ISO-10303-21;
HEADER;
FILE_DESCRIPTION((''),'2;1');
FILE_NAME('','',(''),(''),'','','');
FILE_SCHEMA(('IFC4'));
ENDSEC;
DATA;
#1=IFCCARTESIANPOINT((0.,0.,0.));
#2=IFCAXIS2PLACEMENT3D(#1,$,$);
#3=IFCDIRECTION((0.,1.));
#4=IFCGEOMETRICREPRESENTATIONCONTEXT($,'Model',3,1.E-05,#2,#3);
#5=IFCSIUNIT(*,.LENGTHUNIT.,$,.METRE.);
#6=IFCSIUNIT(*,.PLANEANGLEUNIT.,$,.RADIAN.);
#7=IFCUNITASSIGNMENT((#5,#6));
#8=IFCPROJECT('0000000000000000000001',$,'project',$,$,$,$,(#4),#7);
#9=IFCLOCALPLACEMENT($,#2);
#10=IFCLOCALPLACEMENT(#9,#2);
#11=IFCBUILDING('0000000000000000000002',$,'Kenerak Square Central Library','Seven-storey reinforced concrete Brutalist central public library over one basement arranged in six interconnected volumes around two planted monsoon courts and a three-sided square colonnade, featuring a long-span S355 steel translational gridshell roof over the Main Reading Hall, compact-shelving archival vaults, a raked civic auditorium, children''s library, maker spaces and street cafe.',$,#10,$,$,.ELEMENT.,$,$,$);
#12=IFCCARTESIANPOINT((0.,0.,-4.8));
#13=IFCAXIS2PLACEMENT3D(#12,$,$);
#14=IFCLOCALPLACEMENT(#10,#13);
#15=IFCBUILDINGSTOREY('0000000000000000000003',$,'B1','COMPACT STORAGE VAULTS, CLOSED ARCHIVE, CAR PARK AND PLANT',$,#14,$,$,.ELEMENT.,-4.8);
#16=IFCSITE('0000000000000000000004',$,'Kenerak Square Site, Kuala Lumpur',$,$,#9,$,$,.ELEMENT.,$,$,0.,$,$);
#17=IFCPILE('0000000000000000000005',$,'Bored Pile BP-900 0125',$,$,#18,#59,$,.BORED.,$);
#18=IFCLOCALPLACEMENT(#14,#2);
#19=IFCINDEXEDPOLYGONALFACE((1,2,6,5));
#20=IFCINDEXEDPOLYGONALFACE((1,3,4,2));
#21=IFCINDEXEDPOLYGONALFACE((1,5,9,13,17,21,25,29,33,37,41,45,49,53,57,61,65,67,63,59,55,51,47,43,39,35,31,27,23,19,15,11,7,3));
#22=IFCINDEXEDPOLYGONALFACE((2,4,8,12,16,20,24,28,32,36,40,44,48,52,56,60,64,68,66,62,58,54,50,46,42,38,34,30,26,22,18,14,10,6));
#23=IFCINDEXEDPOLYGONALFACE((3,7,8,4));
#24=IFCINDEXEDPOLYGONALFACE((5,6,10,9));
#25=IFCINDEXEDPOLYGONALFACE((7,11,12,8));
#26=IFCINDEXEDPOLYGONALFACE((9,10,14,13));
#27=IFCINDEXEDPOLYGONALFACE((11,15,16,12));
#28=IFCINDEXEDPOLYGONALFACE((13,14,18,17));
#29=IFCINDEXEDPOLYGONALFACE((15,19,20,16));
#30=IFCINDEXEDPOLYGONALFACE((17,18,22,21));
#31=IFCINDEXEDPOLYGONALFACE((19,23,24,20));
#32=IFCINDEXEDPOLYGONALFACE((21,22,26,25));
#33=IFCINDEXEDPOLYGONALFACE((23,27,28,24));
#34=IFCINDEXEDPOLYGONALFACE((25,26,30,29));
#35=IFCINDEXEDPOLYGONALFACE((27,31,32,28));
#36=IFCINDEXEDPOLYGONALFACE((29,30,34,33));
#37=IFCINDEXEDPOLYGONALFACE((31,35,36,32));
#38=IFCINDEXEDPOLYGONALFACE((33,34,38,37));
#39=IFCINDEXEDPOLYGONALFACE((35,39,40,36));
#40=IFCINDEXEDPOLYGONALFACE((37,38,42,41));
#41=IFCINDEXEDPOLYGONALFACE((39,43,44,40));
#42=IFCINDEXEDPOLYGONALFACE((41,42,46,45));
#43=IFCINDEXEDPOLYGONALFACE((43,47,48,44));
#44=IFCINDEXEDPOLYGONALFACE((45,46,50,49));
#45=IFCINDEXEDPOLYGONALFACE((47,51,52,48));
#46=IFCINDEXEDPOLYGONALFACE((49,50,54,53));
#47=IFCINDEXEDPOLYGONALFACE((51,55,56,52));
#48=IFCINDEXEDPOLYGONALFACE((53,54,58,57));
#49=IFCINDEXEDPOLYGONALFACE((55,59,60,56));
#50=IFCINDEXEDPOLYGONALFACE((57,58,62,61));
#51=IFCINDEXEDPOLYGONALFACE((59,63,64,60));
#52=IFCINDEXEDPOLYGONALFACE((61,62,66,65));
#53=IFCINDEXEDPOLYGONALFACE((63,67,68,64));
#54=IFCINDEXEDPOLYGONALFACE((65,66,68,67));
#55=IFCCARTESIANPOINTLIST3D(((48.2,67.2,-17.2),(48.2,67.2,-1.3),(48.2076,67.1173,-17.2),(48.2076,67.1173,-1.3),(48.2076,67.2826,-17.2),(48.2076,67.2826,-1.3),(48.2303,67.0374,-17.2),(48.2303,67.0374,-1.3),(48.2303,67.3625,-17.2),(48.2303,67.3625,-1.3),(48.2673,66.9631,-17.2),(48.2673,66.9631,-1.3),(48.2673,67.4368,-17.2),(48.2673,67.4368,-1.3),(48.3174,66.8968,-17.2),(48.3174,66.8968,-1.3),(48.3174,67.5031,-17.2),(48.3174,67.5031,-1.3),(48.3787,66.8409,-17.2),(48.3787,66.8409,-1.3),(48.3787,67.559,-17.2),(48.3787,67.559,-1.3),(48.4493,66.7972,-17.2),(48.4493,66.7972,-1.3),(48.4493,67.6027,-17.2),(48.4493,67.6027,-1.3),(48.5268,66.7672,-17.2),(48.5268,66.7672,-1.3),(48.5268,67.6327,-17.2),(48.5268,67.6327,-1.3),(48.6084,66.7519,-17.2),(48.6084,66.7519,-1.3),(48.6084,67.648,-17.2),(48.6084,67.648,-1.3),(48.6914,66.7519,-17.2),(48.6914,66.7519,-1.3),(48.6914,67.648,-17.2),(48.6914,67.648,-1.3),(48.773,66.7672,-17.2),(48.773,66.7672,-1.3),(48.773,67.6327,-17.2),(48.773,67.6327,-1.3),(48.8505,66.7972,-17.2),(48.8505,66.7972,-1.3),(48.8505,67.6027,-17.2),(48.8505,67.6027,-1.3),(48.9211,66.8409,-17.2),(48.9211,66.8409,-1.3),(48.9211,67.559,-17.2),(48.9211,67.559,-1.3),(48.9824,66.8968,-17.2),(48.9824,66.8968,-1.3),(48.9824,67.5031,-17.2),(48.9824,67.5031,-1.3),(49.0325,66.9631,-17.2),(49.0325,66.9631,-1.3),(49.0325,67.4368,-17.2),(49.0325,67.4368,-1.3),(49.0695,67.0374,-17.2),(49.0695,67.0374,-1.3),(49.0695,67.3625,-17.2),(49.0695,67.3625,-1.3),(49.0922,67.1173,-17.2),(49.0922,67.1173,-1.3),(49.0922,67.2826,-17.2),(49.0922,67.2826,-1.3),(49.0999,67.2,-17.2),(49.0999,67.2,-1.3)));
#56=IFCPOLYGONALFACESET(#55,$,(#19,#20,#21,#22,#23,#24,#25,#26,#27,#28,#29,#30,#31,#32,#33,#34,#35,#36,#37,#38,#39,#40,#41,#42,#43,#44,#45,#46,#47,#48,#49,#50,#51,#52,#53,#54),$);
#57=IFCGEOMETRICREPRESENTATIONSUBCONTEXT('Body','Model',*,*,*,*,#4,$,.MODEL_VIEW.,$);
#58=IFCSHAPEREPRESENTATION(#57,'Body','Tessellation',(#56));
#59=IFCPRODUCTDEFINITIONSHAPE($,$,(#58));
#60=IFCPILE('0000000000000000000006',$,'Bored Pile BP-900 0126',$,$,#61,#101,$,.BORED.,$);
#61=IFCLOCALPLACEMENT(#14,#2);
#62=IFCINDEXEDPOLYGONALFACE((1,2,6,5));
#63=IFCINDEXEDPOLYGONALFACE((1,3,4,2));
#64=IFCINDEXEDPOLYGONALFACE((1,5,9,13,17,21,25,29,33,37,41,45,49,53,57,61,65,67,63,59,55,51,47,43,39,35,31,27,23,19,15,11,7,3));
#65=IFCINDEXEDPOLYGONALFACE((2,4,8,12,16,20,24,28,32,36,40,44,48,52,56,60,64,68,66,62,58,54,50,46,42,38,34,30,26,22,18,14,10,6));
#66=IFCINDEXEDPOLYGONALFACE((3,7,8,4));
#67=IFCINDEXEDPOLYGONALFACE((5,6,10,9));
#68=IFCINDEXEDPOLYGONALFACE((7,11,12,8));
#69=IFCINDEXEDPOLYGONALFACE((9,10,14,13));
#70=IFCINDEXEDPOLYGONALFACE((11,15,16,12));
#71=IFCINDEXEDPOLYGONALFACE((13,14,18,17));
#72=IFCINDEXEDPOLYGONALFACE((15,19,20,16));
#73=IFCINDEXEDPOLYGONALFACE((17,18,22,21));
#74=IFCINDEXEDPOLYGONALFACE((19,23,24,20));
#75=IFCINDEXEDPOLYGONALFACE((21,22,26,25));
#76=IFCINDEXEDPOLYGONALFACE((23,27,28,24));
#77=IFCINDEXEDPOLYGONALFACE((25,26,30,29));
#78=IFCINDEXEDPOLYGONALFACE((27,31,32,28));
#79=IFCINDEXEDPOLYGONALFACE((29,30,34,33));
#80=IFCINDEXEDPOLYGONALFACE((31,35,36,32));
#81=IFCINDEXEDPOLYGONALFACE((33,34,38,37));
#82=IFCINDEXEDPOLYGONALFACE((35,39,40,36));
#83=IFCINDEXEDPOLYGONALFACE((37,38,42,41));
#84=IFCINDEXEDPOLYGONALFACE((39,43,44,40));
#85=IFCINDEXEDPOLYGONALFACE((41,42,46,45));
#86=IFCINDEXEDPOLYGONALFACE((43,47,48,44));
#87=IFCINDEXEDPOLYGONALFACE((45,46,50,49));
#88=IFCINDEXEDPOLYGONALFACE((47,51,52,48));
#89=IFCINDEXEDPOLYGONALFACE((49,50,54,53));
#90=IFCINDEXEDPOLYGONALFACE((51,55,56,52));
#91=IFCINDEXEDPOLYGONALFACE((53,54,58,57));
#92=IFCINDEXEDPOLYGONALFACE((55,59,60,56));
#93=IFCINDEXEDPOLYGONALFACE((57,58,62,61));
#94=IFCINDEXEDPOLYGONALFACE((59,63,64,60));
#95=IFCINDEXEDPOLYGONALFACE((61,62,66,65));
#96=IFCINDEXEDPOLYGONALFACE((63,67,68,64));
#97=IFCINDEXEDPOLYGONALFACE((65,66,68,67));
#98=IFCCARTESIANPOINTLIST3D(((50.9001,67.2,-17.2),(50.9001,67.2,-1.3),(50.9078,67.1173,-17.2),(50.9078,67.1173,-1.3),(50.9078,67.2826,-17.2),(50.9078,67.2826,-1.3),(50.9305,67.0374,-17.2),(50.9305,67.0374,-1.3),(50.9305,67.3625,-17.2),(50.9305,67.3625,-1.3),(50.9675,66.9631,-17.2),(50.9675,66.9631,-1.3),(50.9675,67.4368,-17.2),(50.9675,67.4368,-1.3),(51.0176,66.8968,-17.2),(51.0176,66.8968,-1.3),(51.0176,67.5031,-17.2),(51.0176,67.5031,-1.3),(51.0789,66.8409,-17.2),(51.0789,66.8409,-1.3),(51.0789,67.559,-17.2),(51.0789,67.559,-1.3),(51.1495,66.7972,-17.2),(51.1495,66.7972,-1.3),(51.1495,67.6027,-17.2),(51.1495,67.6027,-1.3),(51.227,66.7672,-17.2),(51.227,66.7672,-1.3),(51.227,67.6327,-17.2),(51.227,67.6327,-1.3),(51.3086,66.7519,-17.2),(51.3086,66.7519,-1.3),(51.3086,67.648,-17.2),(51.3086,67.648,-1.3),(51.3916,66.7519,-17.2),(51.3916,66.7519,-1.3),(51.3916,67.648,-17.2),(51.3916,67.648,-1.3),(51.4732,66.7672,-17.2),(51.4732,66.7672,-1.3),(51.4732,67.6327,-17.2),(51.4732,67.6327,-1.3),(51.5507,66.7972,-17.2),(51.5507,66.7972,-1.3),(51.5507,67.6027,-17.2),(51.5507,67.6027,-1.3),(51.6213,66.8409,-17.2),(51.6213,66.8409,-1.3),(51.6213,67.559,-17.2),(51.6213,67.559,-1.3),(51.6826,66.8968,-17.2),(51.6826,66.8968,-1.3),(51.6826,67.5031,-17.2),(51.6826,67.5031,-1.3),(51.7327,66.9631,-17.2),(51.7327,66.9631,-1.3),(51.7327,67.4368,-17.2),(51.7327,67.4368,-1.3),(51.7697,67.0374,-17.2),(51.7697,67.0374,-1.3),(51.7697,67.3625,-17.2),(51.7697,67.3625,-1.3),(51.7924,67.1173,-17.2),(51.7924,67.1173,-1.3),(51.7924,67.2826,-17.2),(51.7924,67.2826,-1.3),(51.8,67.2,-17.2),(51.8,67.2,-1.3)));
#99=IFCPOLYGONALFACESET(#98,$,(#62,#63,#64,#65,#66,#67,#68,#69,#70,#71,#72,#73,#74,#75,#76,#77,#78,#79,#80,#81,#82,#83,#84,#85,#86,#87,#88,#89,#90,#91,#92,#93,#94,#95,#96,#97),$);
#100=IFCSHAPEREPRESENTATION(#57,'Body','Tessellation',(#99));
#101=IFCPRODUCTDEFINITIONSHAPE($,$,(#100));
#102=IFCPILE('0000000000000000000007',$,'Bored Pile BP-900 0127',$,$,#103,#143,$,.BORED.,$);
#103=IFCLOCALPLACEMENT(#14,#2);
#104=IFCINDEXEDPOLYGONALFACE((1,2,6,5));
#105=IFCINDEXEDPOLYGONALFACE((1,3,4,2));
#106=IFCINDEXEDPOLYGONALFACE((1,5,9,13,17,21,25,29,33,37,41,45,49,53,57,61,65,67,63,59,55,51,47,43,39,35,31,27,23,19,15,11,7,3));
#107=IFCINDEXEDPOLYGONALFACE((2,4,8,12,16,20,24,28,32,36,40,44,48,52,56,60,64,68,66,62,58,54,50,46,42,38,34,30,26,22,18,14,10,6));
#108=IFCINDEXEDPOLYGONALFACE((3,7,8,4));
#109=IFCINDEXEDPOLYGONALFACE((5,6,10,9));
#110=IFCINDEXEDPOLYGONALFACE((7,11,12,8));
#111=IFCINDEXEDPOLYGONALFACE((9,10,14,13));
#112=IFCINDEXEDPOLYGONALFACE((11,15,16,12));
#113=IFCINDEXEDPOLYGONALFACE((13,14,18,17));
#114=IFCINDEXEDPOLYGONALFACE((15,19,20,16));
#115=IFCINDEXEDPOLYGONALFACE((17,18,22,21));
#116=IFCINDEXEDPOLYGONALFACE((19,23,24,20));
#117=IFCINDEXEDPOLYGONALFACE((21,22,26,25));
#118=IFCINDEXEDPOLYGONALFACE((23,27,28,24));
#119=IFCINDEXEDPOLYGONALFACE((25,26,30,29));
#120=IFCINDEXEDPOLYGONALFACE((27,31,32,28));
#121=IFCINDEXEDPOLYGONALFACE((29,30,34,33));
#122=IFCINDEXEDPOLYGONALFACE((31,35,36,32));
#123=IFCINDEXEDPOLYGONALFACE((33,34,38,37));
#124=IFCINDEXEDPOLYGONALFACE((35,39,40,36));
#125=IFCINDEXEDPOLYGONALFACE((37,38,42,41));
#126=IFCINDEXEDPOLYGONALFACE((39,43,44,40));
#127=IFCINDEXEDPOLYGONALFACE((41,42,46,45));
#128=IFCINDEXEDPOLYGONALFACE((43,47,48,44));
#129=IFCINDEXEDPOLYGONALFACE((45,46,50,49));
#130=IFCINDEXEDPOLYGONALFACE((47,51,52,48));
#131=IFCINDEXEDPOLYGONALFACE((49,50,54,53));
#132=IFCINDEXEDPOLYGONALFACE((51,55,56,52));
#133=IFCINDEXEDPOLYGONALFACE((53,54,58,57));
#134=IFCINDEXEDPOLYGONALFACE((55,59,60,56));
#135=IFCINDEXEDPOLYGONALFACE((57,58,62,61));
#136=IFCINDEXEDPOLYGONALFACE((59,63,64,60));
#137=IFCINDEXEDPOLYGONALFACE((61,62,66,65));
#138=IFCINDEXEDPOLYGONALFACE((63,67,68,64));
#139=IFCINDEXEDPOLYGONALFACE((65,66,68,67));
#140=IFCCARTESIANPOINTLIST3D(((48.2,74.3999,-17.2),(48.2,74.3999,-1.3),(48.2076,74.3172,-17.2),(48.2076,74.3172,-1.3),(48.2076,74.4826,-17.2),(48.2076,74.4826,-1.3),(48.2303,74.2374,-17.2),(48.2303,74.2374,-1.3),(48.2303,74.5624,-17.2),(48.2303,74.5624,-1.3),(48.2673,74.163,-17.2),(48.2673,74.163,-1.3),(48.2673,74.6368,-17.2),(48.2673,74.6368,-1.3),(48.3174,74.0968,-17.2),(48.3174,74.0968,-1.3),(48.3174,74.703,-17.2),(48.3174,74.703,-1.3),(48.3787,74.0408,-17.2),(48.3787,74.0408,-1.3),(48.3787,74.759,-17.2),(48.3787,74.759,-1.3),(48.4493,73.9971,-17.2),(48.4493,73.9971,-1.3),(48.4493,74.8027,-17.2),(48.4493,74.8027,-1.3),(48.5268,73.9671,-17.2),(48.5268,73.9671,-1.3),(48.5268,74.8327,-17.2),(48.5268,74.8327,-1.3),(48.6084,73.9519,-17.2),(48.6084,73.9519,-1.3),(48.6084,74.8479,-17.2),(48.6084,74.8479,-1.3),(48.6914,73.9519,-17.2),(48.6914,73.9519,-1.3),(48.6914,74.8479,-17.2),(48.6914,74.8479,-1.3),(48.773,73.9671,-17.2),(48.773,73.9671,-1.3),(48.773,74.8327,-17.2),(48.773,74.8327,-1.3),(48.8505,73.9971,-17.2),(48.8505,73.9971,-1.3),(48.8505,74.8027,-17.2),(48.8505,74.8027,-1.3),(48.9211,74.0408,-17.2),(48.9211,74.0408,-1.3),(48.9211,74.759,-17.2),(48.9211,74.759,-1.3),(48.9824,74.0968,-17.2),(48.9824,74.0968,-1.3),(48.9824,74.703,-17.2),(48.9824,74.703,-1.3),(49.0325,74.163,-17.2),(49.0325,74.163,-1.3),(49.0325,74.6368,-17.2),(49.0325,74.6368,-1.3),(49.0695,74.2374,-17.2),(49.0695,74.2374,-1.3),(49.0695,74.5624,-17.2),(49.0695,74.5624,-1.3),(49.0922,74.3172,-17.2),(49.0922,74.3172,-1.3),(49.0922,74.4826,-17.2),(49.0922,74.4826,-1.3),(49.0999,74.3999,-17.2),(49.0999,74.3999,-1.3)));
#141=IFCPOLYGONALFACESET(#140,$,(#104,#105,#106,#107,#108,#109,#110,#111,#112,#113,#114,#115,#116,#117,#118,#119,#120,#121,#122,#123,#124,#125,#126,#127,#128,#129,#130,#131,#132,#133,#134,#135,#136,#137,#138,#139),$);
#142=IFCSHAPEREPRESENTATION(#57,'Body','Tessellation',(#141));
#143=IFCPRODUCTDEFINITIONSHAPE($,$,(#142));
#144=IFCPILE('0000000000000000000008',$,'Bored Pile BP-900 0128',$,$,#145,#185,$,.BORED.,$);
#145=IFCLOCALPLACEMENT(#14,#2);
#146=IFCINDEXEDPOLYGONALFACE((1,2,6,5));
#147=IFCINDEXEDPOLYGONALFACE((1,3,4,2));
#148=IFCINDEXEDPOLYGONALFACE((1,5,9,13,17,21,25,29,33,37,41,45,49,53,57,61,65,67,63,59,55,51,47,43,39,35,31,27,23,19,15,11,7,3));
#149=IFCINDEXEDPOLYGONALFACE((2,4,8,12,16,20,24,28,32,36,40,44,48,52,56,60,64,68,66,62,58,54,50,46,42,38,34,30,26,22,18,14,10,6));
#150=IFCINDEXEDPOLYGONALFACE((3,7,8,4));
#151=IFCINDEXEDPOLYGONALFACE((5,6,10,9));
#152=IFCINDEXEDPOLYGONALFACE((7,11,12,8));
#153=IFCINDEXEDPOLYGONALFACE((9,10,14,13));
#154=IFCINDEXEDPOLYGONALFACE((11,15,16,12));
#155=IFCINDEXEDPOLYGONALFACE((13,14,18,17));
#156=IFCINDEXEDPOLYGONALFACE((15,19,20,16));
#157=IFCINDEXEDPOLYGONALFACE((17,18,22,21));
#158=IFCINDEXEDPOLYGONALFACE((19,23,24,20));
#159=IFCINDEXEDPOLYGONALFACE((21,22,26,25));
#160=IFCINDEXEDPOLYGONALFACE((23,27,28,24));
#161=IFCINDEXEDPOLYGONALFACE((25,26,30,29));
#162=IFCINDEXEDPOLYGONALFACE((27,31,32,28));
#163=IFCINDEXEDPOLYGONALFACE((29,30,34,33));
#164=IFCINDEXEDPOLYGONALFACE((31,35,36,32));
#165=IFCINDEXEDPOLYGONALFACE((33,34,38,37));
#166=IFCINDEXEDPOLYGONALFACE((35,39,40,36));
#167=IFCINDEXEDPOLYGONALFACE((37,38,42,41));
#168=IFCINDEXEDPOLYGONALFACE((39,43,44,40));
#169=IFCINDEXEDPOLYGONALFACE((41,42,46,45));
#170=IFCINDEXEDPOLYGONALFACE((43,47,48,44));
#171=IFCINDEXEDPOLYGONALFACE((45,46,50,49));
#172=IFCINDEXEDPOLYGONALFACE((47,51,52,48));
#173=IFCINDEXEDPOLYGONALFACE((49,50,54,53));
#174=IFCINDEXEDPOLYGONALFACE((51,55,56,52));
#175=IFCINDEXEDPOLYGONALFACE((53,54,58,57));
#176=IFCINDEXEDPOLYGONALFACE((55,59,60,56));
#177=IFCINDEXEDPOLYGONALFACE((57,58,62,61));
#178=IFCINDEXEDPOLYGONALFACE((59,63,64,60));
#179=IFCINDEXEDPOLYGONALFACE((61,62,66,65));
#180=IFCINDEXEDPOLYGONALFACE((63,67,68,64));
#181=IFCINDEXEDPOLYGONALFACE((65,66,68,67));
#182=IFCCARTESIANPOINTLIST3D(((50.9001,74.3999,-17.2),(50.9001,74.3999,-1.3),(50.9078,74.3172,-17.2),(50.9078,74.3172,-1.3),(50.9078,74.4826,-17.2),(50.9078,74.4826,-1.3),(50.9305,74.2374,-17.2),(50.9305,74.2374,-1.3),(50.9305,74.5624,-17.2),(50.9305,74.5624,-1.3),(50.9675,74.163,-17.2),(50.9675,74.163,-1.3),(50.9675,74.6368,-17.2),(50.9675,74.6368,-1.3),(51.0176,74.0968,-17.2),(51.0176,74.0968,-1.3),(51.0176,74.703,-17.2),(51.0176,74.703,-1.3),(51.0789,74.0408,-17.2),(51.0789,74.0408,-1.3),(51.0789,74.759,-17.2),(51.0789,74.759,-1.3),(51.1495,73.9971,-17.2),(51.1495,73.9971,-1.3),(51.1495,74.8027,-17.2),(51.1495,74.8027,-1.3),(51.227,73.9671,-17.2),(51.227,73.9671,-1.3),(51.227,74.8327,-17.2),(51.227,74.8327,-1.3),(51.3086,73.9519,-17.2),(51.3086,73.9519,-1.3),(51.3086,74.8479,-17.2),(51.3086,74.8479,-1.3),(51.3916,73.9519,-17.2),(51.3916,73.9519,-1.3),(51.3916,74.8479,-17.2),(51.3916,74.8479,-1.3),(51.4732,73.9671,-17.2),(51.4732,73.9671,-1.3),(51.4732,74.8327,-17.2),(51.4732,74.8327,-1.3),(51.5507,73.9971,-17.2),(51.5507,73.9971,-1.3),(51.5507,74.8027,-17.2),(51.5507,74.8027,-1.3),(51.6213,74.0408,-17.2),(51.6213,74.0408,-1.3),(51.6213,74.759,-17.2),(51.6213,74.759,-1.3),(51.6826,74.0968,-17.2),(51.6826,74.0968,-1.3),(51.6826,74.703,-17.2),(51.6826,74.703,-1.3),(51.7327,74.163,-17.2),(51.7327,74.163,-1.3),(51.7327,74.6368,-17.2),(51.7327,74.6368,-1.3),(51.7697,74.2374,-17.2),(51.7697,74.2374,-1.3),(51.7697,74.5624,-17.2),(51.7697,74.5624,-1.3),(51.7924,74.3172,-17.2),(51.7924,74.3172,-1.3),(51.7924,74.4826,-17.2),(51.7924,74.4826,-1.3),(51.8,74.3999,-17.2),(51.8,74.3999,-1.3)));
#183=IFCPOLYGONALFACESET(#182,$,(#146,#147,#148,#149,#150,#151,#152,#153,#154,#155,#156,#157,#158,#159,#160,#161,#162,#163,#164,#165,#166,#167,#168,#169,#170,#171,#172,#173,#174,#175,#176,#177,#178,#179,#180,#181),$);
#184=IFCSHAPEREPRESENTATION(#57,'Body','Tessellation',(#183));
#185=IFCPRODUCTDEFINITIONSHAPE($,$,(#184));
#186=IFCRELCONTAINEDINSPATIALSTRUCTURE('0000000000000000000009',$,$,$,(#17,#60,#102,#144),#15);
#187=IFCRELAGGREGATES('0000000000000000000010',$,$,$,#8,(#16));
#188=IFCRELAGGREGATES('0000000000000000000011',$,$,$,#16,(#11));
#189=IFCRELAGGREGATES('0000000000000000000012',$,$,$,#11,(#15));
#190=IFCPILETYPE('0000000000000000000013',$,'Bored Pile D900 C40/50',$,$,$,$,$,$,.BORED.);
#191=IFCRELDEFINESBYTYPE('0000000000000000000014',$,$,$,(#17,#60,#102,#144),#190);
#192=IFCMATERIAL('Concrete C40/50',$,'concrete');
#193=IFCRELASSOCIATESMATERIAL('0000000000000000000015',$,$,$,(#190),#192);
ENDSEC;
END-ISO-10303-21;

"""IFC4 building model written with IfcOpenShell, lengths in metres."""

from ifc_helpers import new_model, si_unit, direction, frame, origin, origin_2d, place, context, subcontext, project, spatial, circle, extrude, material, material_profile, profile_set, type_object, element, save


model = new_model("IFC4")

# Units and contexts
model_context = context("Model", 3, precision=1e-05, world=origin(), true_north=direction((0.0, 1.0)))
body_context = subcontext(model_context, "Body", "Model", "MODEL_VIEW")
ifc_project = project(units=[si_unit("LENGTHUNIT", "METRE"), si_unit("PLANEANGLEUNIT", "RADIAN")], contexts=[model_context])

# Site, building, storey
site_placement = place(None, origin())
site = spatial("IfcSite", under=ifc_project, at=site_placement, Name="Kenerak Square Site, Kuala Lumpur", CompositionType="ELEMENT", RefElevation=0.0)
building_placement = place(site_placement, origin())
building = spatial("IfcBuilding", under=site, at=building_placement, Name="Kenerak Square Central Library", Description="Seven-storey reinforced concrete Brutalist central public library over one basement arranged in six interconnected volumes around two planted monsoon courts and a three-sided square colonnade, featuring a long-span S355 steel translational gridshell roof over the Main Reading Hall, compact-shelving archival vaults, a raked civic auditorium, children's library, maker spaces and street cafe.", CompositionType="ELEMENT")
storey_placement = place(building_placement, frame((0.0, 0.0, -4.8)))
storey = spatial("IfcBuildingStorey", under=building, at=storey_placement, Name="B1", Description="COMPACT STORAGE VAULTS, CLOSED ARCHIVE, CAR PARK AND PLANT", CompositionType="ELEMENT", Elevation=-4.8)

# Piles
ifc_material_1 = material(Name="Concrete C40/50", Category="concrete")
ifc_material_profile_1 = material_profile(ifc_material_1, circle(Radius=0.45, at=origin_2d()), Name="BP D900")
ifc_profile_set_1 = profile_set([ifc_material_profile_1], Name="Concrete C40/50")
pile_type = type_object("IfcPileType", Name="Bored Pile D900 C40/50", PredefinedType="BORED", material=ifc_profile_set_1)
for number, where, z_axis, x_axis, name in (
    (1, (48.6499, 67.2, -1.3), (0.0, 0.0, -1.0), (1.0, 0.0, 0.0), "Bored Pile BP-900 0125"),
    (2, (51.3501, 67.2, -1.3), (0.0, 0.0, -1.0), (1.0, 0.0, 0.0), "Bored Pile BP-900 0126"),
    (3, (48.6499, 74.3999, -1.3), (0.0, 0.0, -1.0), (1.0, 0.0, 0.0), "Bored Pile BP-900 0127"),
    (4, (51.3501, 74.3999, -1.3), (0.0, 0.0, -1.0), (1.0, 0.0, 0.0), "Bored Pile BP-900 0128"),
):
    element("IfcPile", number, at=place(storey_placement, frame(where, z_axis=z_axis, x_axis=x_axis)), inside=storey, type_object=pile_type, Name=name, PredefinedType="BORED", context=body_context, shape_type="SweptSolid", body=[
        extrude(circle(Radius=0.45, at=origin_2d()), origin(), (0.0, 0.0, 1.0), 15.8999),
    ])

save(model, "model.ifc")
